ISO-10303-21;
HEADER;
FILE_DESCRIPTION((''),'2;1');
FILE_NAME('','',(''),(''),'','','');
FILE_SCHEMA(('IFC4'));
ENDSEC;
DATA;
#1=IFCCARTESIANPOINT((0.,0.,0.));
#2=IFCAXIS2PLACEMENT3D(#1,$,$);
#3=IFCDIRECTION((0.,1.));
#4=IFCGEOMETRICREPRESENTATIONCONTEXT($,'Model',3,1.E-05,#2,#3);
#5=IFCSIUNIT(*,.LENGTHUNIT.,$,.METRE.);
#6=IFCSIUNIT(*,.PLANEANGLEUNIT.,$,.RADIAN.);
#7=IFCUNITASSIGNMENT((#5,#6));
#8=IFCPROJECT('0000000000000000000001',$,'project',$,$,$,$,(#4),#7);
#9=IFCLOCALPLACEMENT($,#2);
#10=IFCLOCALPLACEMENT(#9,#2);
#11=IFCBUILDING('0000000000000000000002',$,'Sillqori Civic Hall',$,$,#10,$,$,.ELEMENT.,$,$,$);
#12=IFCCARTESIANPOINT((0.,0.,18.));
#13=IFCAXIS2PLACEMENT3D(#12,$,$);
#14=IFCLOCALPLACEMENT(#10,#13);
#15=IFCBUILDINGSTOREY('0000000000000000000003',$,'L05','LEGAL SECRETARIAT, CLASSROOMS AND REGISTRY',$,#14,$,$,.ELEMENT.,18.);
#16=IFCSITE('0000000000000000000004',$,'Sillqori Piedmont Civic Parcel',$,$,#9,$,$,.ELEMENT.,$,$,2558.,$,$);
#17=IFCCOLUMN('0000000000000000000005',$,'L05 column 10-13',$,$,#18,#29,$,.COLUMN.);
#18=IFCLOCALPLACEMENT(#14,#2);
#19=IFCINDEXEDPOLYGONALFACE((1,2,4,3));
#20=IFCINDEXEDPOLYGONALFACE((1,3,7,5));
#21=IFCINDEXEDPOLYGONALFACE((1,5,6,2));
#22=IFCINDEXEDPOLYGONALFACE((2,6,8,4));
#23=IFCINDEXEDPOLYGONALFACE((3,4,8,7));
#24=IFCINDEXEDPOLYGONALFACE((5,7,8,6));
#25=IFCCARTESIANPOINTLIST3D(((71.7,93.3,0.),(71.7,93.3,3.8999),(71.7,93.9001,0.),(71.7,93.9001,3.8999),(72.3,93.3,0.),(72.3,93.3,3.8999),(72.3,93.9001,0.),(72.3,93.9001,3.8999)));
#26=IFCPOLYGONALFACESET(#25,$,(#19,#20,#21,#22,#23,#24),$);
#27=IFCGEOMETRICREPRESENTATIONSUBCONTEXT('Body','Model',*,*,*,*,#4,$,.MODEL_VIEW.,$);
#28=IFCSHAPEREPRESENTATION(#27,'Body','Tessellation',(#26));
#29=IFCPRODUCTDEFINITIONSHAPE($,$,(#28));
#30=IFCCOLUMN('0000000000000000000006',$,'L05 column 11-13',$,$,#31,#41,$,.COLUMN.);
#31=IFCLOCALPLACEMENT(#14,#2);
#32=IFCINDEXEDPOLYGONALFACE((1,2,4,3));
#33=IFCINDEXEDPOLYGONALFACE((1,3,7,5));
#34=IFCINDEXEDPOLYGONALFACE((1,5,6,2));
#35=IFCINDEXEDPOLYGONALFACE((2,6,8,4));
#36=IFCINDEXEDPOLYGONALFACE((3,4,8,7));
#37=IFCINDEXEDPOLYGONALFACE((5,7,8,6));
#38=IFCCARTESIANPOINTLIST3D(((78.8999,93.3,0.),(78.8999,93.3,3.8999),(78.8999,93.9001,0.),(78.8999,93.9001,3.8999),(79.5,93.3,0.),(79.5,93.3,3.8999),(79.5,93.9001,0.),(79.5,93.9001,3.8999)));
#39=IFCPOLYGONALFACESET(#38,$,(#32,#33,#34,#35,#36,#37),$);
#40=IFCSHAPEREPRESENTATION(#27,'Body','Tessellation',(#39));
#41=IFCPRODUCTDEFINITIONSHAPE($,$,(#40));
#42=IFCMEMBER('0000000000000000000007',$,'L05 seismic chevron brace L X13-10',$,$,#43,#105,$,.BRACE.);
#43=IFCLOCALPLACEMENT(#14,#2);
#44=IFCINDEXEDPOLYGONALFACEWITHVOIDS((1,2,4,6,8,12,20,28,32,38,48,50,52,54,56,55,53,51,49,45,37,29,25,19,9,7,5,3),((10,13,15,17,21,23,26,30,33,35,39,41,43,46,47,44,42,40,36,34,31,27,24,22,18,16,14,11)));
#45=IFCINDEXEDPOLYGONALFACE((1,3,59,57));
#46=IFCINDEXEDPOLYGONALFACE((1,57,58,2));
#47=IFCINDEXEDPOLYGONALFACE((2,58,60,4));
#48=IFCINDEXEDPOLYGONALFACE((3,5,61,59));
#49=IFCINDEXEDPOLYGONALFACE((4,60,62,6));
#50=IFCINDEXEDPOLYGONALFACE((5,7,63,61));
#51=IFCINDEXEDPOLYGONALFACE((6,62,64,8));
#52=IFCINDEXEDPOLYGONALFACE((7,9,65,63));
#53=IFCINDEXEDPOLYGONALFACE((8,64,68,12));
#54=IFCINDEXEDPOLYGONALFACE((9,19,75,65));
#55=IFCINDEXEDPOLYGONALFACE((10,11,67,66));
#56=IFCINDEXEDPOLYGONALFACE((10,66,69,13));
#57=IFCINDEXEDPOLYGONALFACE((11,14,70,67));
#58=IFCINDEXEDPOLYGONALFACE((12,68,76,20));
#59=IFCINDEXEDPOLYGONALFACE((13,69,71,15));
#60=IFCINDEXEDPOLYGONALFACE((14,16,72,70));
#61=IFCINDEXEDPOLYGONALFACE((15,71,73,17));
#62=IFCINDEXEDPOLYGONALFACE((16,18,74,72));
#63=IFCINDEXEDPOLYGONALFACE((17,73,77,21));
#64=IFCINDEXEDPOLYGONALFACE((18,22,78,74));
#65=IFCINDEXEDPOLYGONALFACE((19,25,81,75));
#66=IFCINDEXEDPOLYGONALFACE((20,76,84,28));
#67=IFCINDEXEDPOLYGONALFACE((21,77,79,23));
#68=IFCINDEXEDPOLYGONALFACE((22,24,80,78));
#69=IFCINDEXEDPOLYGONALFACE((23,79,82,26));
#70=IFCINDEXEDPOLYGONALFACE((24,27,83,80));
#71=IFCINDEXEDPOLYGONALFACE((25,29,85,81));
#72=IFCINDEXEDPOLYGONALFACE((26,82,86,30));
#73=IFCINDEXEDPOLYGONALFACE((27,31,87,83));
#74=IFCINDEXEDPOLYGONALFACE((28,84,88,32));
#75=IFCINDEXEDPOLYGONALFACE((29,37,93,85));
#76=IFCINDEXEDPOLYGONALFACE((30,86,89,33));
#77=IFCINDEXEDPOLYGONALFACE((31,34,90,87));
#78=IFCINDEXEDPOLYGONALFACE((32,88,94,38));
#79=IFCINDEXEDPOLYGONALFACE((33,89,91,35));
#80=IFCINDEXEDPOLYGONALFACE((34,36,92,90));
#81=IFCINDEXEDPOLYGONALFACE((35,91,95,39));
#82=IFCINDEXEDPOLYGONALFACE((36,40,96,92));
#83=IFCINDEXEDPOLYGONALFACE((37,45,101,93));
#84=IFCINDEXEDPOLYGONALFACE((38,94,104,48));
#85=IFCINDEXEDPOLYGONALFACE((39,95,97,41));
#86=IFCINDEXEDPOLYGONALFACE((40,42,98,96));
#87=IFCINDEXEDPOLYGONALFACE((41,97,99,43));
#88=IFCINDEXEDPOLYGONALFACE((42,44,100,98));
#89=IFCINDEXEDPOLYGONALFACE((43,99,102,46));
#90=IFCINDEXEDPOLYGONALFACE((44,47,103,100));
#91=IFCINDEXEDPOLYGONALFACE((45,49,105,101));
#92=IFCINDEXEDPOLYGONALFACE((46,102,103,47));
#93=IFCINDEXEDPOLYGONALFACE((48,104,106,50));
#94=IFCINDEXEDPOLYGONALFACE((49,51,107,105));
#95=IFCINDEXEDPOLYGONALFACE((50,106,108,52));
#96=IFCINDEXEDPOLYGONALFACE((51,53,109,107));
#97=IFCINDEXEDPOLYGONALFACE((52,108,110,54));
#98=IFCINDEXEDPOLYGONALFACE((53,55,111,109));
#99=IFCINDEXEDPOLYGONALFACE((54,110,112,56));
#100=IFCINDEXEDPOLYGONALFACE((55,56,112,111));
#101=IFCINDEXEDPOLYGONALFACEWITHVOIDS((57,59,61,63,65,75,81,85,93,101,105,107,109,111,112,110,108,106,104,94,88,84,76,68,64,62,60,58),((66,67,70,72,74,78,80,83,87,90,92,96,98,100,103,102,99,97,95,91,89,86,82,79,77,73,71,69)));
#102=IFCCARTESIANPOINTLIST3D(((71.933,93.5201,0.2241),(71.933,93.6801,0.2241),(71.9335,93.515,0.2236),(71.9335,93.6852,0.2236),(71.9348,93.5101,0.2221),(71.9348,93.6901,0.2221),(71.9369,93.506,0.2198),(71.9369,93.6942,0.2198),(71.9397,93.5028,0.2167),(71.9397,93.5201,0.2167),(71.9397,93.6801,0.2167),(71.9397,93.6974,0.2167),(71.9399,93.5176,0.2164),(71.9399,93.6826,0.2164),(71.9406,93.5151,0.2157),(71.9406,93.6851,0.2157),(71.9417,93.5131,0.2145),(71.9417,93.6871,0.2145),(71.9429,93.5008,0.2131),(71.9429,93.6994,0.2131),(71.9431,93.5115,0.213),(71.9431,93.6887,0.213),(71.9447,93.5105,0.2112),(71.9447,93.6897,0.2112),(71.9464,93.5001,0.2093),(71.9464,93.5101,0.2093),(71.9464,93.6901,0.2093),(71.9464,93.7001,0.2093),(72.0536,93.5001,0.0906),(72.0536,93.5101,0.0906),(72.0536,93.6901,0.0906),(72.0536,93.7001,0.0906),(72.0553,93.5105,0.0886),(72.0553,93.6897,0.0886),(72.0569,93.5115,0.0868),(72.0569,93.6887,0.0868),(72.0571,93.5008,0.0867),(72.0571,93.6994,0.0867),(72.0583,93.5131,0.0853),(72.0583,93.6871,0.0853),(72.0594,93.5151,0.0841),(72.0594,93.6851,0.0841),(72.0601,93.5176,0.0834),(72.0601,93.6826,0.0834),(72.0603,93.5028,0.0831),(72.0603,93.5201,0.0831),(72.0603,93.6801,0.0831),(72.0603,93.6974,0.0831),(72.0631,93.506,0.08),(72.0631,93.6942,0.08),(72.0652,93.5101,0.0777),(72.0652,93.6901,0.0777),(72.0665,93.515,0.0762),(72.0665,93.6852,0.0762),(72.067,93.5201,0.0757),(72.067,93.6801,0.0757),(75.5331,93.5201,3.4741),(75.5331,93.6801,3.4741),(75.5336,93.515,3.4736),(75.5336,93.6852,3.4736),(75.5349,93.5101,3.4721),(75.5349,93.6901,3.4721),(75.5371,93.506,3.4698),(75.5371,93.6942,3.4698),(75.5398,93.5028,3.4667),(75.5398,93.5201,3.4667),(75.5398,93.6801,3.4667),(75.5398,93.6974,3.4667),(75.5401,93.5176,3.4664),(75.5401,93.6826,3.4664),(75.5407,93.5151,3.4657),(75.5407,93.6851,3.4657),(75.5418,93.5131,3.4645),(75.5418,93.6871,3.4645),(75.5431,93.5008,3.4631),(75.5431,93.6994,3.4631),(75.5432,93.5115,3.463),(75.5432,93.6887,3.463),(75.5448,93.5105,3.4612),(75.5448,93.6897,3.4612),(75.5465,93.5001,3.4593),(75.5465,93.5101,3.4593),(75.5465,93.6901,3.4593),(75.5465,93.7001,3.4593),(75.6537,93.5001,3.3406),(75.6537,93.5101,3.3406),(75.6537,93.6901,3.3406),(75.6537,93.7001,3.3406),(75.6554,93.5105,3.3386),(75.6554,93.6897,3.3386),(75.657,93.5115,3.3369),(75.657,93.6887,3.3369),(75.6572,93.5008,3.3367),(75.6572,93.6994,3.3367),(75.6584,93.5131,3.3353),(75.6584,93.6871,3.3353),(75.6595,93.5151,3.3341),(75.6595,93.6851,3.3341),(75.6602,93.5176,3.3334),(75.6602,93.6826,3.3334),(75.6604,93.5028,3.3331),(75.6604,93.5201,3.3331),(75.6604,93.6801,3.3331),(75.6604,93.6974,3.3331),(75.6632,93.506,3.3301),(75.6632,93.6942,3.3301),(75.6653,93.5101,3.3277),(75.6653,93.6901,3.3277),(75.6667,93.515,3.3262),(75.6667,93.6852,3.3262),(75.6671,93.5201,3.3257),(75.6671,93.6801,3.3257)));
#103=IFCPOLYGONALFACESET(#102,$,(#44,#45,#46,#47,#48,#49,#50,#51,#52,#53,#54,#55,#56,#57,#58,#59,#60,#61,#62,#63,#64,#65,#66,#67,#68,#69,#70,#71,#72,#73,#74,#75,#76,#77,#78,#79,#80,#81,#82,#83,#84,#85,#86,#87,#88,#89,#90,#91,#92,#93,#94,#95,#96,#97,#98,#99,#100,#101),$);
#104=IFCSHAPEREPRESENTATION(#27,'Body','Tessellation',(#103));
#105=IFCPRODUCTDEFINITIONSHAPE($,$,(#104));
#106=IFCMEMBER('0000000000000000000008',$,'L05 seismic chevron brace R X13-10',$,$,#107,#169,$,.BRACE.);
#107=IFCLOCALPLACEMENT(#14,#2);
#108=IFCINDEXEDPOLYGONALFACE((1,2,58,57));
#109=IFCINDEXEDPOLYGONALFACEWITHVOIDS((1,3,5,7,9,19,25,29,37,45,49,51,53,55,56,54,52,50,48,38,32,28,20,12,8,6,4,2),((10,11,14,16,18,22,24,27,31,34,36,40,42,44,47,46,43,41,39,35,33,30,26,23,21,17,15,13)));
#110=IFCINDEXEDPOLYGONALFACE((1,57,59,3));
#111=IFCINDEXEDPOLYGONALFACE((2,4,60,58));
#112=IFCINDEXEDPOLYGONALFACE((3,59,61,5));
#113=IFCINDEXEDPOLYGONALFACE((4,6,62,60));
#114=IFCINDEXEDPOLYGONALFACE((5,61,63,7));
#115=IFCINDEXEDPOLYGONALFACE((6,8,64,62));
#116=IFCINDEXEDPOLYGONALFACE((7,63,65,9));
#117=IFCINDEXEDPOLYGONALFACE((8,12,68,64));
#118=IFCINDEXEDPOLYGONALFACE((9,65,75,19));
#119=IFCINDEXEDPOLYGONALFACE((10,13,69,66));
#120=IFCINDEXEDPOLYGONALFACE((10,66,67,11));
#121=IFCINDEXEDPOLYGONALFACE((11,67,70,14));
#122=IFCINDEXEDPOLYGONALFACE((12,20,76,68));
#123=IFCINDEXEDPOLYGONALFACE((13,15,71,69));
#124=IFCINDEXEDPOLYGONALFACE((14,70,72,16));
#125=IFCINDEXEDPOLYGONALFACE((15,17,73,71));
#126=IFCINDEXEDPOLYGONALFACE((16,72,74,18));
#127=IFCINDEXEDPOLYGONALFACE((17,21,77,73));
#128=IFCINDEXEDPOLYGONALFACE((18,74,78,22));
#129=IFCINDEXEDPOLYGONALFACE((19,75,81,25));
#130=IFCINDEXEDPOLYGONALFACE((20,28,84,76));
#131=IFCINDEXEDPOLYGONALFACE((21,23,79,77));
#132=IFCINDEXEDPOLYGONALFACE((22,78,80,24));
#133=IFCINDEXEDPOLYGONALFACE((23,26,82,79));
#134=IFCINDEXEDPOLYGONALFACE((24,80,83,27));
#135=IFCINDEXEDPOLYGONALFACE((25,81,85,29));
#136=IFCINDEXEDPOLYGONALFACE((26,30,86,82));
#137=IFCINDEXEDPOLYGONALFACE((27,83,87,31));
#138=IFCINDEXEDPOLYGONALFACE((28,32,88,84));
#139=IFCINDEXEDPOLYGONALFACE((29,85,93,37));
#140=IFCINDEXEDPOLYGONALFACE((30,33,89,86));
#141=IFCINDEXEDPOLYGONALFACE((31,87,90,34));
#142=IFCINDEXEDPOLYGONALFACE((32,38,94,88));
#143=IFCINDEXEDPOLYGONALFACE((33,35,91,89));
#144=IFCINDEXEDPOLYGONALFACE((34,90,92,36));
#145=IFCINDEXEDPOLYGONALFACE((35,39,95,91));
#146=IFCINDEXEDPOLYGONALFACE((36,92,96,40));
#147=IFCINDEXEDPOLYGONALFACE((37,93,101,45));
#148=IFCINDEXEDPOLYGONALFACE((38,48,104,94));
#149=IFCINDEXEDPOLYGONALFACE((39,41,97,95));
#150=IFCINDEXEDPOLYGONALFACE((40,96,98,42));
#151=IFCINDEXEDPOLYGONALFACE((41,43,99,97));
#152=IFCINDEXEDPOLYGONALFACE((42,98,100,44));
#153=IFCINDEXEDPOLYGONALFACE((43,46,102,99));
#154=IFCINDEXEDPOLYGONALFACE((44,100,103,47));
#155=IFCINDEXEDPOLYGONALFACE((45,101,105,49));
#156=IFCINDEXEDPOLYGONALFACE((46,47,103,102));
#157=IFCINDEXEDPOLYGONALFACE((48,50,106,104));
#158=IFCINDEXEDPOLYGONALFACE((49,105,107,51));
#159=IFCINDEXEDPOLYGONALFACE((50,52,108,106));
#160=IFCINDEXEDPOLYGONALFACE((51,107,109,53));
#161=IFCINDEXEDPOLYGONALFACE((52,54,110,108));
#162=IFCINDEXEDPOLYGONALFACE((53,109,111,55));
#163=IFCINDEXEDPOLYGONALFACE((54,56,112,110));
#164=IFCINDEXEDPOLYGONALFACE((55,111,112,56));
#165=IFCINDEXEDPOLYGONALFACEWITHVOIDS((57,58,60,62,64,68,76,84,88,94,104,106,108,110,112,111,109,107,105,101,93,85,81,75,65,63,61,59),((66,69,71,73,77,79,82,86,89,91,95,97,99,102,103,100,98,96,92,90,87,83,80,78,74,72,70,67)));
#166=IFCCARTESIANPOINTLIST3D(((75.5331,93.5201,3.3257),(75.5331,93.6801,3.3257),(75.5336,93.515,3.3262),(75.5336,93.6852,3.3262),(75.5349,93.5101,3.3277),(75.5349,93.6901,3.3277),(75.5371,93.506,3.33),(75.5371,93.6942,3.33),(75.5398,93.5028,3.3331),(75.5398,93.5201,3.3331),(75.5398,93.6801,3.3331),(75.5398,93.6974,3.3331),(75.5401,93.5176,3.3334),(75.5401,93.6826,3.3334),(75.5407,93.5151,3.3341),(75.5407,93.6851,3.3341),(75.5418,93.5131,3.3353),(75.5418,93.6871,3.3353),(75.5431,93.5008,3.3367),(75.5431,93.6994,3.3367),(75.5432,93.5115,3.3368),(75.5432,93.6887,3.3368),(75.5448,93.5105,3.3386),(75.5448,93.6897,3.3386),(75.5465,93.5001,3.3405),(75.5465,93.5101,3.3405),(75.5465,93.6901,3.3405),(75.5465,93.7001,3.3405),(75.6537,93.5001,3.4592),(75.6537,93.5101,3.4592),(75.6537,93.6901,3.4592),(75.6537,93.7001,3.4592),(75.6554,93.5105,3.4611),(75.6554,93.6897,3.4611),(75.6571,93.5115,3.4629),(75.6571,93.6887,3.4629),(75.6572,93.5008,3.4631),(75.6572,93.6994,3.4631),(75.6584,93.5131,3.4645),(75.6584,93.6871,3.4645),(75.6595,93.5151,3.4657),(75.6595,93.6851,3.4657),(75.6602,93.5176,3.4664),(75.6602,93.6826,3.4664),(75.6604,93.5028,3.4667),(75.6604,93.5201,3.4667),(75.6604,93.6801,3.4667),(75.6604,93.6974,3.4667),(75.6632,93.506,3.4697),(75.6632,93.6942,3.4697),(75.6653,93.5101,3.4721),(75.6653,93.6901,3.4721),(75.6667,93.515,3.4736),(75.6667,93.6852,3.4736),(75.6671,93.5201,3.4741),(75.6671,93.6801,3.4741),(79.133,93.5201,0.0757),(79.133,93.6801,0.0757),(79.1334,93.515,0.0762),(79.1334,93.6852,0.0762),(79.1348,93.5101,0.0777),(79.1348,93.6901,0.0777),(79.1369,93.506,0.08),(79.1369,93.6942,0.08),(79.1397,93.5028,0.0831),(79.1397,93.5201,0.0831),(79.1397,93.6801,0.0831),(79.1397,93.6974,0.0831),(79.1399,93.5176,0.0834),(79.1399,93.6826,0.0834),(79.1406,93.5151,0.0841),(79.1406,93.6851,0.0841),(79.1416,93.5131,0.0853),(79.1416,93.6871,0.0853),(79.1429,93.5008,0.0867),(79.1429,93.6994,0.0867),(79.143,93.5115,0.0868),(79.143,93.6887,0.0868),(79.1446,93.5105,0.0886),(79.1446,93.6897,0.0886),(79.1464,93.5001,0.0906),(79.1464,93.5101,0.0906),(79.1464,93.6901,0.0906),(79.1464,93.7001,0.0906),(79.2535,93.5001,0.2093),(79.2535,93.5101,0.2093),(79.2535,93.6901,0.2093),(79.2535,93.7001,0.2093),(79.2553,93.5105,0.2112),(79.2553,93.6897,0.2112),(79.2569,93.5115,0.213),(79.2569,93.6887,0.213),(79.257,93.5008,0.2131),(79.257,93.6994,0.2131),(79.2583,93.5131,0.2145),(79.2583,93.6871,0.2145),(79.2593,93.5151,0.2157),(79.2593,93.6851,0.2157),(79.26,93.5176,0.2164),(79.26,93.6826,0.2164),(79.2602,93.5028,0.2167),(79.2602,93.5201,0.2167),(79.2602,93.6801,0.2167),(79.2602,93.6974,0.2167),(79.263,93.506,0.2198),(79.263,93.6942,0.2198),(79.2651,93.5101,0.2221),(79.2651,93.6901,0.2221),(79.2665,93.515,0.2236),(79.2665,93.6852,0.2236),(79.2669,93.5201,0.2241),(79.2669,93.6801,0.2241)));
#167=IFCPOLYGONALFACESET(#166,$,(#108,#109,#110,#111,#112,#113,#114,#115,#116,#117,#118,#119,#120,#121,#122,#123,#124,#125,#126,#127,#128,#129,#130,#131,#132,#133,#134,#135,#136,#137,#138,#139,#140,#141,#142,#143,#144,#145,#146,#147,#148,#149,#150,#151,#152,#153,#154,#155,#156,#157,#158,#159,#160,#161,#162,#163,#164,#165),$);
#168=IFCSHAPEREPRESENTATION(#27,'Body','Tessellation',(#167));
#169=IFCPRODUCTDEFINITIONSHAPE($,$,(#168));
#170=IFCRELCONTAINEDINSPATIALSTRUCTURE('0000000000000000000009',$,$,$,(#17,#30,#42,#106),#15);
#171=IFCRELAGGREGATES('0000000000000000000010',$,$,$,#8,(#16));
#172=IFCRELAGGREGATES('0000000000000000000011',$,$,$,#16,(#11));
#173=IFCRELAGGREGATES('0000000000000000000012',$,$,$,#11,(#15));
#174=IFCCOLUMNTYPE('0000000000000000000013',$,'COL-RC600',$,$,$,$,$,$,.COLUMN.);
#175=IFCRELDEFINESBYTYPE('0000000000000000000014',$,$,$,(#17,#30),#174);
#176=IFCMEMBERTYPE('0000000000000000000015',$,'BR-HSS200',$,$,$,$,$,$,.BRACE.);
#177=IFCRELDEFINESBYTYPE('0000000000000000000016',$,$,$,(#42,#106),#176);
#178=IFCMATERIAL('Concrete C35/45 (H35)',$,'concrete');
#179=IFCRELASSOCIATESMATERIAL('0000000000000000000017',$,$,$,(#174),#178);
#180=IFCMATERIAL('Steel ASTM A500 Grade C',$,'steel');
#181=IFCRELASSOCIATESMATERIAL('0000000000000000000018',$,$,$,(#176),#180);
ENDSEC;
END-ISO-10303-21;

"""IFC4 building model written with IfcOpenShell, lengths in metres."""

from ifc_helpers import new_model, si_unit, direction, frame, origin, origin_2d, place, context, subcontext, project, spatial, rectangle, hollow_rectangle, extrude, material, material_profile, profile_set, type_object, element, save


model = new_model("IFC4")

# Units and contexts
model_context = context("Model", 3, precision=1e-05, world=origin(), true_north=direction((0.0, 1.0)))
body_context = subcontext(model_context, "Body", "Model", "MODEL_VIEW")
ifc_project = project(units=[si_unit("LENGTHUNIT", "METRE"), si_unit("PLANEANGLEUNIT", "RADIAN")], contexts=[model_context])

# Site, building, storey
site_placement = place(None, origin())
site = spatial("IfcSite", under=ifc_project, at=site_placement, Name="Sillqori Piedmont Civic Parcel", CompositionType="ELEMENT", RefElevation=2558.0)
building_placement = place(site_placement, origin())
building = spatial("IfcBuilding", under=site, at=building_placement, Name="Sillqori Civic Hall", CompositionType="ELEMENT")
storey_placement = place(building_placement, frame((0.0, 0.0, 18.0)))
storey = spatial("IfcBuildingStorey", under=building, at=storey_placement, Name="L05", Description="LEGAL SECRETARIAT, CLASSROOMS AND REGISTRY", CompositionType="ELEMENT", Elevation=18.0)

# Columns
ifc_material_1 = material(Name="Concrete C35/45 (H35)", Category="concrete")
ifc_material_profile_1 = material_profile(ifc_material_1, rectangle(XDim=0.6001, YDim=0.6001, at=origin_2d()), Name="RC 600x600")
ifc_profile_set_1 = profile_set([ifc_material_profile_1], Name="Concrete C35/45 (H35)")
column_type = type_object("IfcColumnType", Name="COL-RC600", PredefinedType="COLUMN", material=ifc_profile_set_1)
for number, where, z_axis, x_axis, name in (
    (1, (72.0, 93.6001, 0.0), (0.0, 0.0, 1.0), (1.0, 0.0, 0.0), "L05 column 10-13"),
    (2, (79.2, 93.6001, 0.0), (0.0, 0.0, 1.0), (1.0, 0.0, 0.0), "L05 column 11-13"),
):
    element("IfcColumn", number, at=place(storey_placement, frame(where, z_axis=z_axis, x_axis=x_axis)), inside=storey, type_object=column_type, Name=name, PredefinedType="COLUMN", context=body_context, shape_type="SweptSolid", body=[
        extrude(rectangle(XDim=0.6001, YDim=0.6001, at=origin_2d()), origin(), (0.0, 0.0, 1.0), 3.8999),
    ])

# Members
ifc_material_2 = material(Name="Steel ASTM A500 Grade C", Category="steel")
ifc_material_profile_2 = material_profile(ifc_material_2, hollow_rectangle(XDim=0.2, YDim=0.2, WallThickness=0.01, InnerFilletRadius=0.01, OuterFilletRadius=0.02, at=origin_2d()), Name="HSS200X200X10")
ifc_profile_set_2 = profile_set([ifc_material_profile_2], Name="Steel ASTM A500 Grade C")
member_type = type_object("IfcMemberType", Name="BR-HSS200", PredefinedType="BRACE", material=ifc_profile_set_2)
member_1_placement = place(storey_placement, frame((72.0, 93.6001, 0.1499), z_axis=(0.742277, 0.0, 0.670093), x_axis=(0.0, 1.0, 0.0)))
element("IfcMember", 3, at=member_1_placement, inside=storey, type_object=member_type, Name="L05 seismic chevron brace L X13-10", PredefinedType="BRACE", context=body_context, shape_type="SweptSolid", body=[
    extrude(hollow_rectangle(XDim=0.2, YDim=0.2, WallThickness=0.01, InnerFilletRadius=0.01, OuterFilletRadius=0.02, at=origin_2d()), origin(), (0.0, 0.0, 1.0), 4.8501),
])
member_2_placement = place(storey_placement, frame((79.2, 93.6001, 0.1499), z_axis=(-0.742254, 0.0, 0.670118), x_axis=(0.0, -1.0, 0.0)))
element("IfcMember", 4, at=member_2_placement, inside=storey, type_object=member_type, Name="L05 seismic chevron brace R X13-10", PredefinedType="BRACE", context=body_context, shape_type="SweptSolid", body=[
    extrude(hollow_rectangle(XDim=0.2, YDim=0.2, WallThickness=0.01, InnerFilletRadius=0.01, OuterFilletRadius=0.02, at=origin_2d()), origin(), (0.0, 0.0, 1.0), 4.8499),
])

save(model, "model.ifc")
